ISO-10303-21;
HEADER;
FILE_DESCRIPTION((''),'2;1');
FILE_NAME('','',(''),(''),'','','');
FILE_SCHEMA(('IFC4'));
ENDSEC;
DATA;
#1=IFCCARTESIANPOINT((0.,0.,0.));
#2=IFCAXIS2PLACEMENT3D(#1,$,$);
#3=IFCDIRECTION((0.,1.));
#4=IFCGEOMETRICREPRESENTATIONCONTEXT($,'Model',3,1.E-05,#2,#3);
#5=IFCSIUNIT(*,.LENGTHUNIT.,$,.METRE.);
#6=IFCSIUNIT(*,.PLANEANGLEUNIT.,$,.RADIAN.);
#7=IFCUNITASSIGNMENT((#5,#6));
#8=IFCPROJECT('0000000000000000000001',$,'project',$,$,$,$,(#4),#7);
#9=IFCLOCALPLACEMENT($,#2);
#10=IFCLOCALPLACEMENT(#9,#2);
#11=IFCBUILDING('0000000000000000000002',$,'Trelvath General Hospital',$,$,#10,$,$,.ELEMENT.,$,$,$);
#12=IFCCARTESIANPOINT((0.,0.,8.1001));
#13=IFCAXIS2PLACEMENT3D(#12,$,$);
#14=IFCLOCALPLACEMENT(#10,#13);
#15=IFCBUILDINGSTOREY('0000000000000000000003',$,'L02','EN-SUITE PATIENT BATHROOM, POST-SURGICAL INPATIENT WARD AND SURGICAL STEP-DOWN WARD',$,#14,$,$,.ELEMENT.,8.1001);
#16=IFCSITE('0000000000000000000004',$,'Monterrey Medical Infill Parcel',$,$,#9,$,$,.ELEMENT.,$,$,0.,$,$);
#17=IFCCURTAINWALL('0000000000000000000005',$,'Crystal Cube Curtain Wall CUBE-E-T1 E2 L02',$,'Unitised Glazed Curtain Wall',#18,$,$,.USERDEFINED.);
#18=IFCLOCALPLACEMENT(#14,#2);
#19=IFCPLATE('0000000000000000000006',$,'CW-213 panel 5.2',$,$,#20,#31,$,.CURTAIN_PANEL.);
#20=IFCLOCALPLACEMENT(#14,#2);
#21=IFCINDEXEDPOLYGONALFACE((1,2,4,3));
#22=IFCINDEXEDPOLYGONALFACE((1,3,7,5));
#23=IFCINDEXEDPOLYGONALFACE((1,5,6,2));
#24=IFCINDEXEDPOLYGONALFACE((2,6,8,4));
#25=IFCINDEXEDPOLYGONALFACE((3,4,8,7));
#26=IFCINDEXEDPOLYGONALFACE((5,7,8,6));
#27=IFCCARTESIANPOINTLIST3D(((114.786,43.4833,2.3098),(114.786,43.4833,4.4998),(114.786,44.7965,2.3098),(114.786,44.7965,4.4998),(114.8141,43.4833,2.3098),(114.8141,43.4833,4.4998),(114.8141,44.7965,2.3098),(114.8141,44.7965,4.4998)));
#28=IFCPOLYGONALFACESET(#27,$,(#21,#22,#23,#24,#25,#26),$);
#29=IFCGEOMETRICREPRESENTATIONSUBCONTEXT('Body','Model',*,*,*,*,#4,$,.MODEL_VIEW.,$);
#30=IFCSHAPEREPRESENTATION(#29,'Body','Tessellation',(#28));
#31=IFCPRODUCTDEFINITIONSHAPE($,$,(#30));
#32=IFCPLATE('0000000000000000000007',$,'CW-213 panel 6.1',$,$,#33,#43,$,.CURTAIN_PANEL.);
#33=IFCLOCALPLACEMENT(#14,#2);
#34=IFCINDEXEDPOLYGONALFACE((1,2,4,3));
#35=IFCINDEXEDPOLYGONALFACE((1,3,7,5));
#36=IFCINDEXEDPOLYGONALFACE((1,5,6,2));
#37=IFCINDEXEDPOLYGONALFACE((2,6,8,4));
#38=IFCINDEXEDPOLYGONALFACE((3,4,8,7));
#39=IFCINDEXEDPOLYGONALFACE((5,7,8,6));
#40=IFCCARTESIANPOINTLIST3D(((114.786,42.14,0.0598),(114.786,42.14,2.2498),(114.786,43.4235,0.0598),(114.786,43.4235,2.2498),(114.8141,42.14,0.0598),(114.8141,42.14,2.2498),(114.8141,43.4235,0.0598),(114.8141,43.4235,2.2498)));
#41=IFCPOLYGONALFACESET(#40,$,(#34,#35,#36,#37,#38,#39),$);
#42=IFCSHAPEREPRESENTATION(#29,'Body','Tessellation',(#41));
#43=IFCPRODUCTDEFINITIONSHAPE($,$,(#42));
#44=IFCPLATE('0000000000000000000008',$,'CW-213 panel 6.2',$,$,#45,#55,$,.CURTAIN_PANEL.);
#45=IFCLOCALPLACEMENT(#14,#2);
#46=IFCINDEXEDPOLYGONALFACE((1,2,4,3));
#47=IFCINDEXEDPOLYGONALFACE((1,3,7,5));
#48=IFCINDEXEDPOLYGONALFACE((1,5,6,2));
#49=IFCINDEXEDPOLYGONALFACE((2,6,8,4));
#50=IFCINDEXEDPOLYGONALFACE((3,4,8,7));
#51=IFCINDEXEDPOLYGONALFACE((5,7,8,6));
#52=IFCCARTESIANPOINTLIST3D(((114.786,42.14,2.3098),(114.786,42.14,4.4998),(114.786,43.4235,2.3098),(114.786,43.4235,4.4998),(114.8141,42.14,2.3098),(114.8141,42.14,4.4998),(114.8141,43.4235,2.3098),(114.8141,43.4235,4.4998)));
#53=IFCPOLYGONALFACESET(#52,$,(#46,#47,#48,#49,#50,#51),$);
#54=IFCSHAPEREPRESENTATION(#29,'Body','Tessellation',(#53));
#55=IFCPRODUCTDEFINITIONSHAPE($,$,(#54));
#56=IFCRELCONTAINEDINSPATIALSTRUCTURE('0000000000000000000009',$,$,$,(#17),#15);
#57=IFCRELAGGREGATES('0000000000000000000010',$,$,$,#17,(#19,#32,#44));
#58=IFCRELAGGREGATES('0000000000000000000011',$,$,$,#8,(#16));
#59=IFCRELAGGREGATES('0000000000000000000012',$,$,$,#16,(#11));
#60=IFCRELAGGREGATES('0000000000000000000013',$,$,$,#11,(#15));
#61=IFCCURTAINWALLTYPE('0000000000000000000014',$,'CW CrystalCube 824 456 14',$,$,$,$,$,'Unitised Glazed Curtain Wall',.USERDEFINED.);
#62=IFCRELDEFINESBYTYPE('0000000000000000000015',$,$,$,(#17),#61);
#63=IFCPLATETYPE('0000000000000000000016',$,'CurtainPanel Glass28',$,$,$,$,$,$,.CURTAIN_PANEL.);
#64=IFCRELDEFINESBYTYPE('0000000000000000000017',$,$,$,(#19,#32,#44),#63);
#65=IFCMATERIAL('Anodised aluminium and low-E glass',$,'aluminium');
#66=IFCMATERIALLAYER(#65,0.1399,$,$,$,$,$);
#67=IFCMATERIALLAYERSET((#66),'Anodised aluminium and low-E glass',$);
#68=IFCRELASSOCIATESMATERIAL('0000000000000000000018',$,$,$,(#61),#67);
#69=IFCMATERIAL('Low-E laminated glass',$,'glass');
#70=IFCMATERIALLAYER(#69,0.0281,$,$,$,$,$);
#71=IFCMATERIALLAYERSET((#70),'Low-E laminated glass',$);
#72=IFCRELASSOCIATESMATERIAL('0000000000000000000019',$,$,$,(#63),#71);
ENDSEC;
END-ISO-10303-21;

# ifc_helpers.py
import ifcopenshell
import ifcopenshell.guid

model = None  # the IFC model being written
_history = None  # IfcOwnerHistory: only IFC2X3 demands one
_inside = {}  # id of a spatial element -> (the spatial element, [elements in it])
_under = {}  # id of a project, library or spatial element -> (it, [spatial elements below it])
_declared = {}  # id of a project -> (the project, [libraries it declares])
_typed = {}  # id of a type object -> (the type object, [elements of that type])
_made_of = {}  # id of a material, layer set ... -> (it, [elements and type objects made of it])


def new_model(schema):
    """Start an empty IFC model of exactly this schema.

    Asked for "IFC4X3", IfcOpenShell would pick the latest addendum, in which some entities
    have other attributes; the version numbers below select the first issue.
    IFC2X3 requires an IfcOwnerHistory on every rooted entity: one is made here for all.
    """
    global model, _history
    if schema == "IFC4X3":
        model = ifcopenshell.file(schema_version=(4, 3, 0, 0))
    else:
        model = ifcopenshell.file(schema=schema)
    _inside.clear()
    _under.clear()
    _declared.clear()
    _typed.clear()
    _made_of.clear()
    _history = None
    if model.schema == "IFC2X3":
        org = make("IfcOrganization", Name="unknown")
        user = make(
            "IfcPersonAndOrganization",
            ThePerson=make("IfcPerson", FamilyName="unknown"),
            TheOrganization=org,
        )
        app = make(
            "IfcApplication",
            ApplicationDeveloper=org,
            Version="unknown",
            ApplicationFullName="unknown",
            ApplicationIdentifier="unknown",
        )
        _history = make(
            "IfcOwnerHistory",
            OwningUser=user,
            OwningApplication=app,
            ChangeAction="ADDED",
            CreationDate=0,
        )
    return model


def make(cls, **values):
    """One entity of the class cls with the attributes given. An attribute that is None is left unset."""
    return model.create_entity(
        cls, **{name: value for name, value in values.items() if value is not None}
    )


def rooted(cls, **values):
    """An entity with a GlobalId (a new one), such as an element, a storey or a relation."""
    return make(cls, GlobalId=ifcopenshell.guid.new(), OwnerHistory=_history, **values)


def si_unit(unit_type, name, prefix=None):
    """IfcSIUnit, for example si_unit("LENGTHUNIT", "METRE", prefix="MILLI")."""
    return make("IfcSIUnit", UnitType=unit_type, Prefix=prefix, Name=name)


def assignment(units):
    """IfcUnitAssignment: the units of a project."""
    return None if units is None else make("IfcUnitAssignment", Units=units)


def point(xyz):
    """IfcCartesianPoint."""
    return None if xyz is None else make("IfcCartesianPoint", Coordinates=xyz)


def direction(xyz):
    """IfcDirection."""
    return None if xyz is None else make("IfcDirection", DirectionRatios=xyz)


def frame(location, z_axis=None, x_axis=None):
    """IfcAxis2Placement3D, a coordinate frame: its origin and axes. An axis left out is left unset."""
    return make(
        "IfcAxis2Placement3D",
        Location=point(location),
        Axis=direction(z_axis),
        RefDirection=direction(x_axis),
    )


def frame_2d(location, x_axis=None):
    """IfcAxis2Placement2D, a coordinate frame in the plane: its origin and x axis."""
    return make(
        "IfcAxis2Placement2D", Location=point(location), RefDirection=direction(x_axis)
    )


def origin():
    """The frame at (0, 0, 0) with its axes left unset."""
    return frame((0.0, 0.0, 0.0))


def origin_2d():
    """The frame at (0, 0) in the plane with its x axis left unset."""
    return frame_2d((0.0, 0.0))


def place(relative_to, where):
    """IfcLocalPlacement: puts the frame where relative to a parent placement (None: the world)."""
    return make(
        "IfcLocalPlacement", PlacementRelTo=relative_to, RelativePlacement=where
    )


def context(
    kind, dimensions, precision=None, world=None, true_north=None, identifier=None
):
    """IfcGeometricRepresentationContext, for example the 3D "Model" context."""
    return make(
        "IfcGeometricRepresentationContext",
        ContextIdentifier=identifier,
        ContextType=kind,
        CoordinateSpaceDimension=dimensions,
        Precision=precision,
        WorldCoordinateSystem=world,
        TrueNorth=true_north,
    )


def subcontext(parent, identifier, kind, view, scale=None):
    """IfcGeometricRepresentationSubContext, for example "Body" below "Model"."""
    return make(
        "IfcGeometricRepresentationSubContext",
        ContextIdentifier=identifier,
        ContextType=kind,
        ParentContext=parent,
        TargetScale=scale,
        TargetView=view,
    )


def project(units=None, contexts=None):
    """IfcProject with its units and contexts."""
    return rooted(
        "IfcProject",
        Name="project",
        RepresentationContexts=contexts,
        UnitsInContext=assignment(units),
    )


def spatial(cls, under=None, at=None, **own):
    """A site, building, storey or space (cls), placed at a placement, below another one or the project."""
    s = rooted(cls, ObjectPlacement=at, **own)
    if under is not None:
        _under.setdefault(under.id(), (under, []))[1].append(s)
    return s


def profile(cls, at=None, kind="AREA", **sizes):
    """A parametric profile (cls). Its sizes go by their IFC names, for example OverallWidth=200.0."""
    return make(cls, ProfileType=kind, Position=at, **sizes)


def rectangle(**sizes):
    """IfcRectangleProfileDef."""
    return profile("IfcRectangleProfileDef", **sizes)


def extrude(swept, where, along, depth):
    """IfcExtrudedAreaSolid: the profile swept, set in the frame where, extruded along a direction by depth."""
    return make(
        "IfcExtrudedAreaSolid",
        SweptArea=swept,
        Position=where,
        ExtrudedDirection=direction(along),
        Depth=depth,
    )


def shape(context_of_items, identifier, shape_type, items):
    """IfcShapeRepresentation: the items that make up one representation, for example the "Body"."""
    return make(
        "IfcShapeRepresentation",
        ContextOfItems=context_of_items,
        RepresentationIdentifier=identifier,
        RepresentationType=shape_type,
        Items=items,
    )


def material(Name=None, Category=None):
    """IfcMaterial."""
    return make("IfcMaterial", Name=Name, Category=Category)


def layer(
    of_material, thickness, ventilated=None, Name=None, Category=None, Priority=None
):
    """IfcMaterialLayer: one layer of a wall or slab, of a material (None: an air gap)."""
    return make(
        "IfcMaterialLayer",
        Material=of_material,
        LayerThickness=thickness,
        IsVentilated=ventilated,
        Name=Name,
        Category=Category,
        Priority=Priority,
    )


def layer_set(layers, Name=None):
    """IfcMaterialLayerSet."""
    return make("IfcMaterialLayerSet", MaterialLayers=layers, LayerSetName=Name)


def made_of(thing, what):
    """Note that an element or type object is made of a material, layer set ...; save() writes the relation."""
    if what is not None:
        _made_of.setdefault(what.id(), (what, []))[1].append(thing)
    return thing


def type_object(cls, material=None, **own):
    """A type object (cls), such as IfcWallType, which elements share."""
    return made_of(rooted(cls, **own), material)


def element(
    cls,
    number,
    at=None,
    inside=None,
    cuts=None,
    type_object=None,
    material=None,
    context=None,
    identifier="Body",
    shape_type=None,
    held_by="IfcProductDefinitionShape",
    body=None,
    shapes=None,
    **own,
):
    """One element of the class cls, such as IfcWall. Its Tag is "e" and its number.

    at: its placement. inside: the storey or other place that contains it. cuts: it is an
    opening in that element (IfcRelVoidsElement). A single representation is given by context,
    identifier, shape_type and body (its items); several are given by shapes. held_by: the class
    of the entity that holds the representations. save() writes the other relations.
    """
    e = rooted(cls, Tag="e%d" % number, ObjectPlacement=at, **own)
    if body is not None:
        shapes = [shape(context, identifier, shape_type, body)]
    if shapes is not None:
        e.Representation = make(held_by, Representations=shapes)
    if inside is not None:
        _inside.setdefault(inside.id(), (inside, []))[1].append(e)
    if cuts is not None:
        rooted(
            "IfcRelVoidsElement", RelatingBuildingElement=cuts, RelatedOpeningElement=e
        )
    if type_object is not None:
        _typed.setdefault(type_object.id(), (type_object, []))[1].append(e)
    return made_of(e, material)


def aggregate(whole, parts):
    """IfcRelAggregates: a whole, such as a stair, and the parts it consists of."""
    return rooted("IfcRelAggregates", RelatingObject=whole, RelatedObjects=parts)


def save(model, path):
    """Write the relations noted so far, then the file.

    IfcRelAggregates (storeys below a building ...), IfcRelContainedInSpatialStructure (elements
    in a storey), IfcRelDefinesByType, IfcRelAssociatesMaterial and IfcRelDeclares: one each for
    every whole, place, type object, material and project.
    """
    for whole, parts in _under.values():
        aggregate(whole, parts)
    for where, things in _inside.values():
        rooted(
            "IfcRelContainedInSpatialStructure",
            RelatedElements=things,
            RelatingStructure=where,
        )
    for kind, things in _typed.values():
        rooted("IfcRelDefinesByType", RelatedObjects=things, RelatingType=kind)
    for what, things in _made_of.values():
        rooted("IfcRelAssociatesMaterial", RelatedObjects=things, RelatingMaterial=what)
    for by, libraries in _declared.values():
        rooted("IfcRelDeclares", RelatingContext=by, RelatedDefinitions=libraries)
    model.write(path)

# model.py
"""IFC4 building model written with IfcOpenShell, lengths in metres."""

from ifc_helpers import new_model, si_unit, direction, frame, origin, origin_2d, place, context, subcontext, project, spatial, rectangle, extrude, material, layer, layer_set, type_object, element, aggregate, save


model = new_model("IFC4")

# Units and contexts
model_context = context("Model", 3, precision=1e-05, world=origin(), true_north=direction((0.0, 1.0)))
body_context = subcontext(model_context, "Body", "Model", "MODEL_VIEW")
ifc_project = project(units=[si_unit("LENGTHUNIT", "METRE"), si_unit("PLANEANGLEUNIT", "RADIAN")], contexts=[model_context])

# Site, building, storey
site_placement = place(None, origin())
site = spatial("IfcSite", under=ifc_project, at=site_placement, Name="Monterrey Medical Infill Parcel", CompositionType="ELEMENT", RefElevation=0.0)
building_placement = place(site_placement, origin())
building = spatial("IfcBuilding", under=site, at=building_placement, Name="Trelvath General Hospital", CompositionType="ELEMENT")
storey_placement = place(building_placement, frame((0.0, 0.0, 8.1001)))
storey = spatial("IfcBuildingStorey", under=building, at=storey_placement, Name="L02", Description="EN-SUITE PATIENT BATHROOM, POST-SURGICAL INPATIENT WARD AND SURGICAL STEP-DOWN WARD", CompositionType="ELEMENT", Elevation=8.1001)

# Curtain wall
ifc_material_1 = material(Name="Anodised aluminium and low-E glass", Category="aluminium")
ifc_layer_1 = layer(ifc_material_1, 0.1399)
ifc_layer_set_1 = layer_set([ifc_layer_1], Name="Anodised aluminium and low-E glass")
curtain_wall_type_1 = type_object("IfcCurtainWallType", Name="CW CrystalCube 824 456 14", ElementType="Unitised Glazed Curtain Wall", PredefinedType="USERDEFINED", material=ifc_layer_set_1)
curtain_wall_1_placement = place(storey_placement, origin())
curtain_wall_1 = element("IfcCurtainWall", 1, at=curtain_wall_1_placement, inside=storey, type_object=curtain_wall_type_1, Name="Crystal Cube Curtain Wall CUBE-E-T1 E2 L02", ObjectType="Unitised Glazed Curtain Wall", PredefinedType="USERDEFINED")

# Plates
ifc_material_2 = material(Name="Low-E laminated glass", Category="glass")
ifc_layer_2 = layer(ifc_material_2, 0.0281)
ifc_layer_set_2 = layer_set([ifc_layer_2], Name="Low-E laminated glass")
plate_type = type_object("IfcPlateType", Name="CurtainPanel Glass28", PredefinedType="CURTAIN_PANEL", material=ifc_layer_set_2)
plate_1_placement = place(storey_placement, frame((114.8, 44.1399, 2.3098), z_axis=(0.0, 0.0, 1.0), x_axis=(0.0, -1.0, 0.0)))
plate_1 = element("IfcPlate", 2, at=plate_1_placement, type_object=plate_type, Name="CW-213 panel 5.2", PredefinedType="CURTAIN_PANEL", context=body_context, shape_type="SweptSolid", body=[
    extrude(rectangle(XDim=1.3132, YDim=0.0281, at=origin_2d()), origin(), (0.0, 0.0, 1.0), 2.1899),
])
plate_2_placement = place(storey_placement, frame((114.8, 42.7817, 0.0598), z_axis=(0.0, 0.0, 1.0), x_axis=(0.0, -1.0, 0.0)))
plate_2 = element("IfcPlate", 3, at=plate_2_placement, type_object=plate_type, Name="CW-213 panel 6.1", PredefinedType="CURTAIN_PANEL", context=body_context, shape_type="SweptSolid", body=[
    extrude(rectangle(XDim=1.2834, YDim=0.0281, at=origin_2d()), origin(), (0.0, 0.0, 1.0), 2.1899),
])
plate_3_placement = place(storey_placement, frame((114.8, 42.7817, 2.3098), z_axis=(0.0, 0.0, 1.0), x_axis=(0.0, -1.0, 0.0)))
plate_3 = element("IfcPlate", 4, at=plate_3_placement, type_object=plate_type, Name="CW-213 panel 6.2", PredefinedType="CURTAIN_PANEL", context=body_context, shape_type="SweptSolid", body=[
    extrude(rectangle(XDim=1.2834, YDim=0.0281, at=origin_2d()), origin(), (0.0, 0.0, 1.0), 2.1899),
])
aggregate(curtain_wall_1, [plate_1, plate_2, plate_3])

save(model, "model.ifc")
